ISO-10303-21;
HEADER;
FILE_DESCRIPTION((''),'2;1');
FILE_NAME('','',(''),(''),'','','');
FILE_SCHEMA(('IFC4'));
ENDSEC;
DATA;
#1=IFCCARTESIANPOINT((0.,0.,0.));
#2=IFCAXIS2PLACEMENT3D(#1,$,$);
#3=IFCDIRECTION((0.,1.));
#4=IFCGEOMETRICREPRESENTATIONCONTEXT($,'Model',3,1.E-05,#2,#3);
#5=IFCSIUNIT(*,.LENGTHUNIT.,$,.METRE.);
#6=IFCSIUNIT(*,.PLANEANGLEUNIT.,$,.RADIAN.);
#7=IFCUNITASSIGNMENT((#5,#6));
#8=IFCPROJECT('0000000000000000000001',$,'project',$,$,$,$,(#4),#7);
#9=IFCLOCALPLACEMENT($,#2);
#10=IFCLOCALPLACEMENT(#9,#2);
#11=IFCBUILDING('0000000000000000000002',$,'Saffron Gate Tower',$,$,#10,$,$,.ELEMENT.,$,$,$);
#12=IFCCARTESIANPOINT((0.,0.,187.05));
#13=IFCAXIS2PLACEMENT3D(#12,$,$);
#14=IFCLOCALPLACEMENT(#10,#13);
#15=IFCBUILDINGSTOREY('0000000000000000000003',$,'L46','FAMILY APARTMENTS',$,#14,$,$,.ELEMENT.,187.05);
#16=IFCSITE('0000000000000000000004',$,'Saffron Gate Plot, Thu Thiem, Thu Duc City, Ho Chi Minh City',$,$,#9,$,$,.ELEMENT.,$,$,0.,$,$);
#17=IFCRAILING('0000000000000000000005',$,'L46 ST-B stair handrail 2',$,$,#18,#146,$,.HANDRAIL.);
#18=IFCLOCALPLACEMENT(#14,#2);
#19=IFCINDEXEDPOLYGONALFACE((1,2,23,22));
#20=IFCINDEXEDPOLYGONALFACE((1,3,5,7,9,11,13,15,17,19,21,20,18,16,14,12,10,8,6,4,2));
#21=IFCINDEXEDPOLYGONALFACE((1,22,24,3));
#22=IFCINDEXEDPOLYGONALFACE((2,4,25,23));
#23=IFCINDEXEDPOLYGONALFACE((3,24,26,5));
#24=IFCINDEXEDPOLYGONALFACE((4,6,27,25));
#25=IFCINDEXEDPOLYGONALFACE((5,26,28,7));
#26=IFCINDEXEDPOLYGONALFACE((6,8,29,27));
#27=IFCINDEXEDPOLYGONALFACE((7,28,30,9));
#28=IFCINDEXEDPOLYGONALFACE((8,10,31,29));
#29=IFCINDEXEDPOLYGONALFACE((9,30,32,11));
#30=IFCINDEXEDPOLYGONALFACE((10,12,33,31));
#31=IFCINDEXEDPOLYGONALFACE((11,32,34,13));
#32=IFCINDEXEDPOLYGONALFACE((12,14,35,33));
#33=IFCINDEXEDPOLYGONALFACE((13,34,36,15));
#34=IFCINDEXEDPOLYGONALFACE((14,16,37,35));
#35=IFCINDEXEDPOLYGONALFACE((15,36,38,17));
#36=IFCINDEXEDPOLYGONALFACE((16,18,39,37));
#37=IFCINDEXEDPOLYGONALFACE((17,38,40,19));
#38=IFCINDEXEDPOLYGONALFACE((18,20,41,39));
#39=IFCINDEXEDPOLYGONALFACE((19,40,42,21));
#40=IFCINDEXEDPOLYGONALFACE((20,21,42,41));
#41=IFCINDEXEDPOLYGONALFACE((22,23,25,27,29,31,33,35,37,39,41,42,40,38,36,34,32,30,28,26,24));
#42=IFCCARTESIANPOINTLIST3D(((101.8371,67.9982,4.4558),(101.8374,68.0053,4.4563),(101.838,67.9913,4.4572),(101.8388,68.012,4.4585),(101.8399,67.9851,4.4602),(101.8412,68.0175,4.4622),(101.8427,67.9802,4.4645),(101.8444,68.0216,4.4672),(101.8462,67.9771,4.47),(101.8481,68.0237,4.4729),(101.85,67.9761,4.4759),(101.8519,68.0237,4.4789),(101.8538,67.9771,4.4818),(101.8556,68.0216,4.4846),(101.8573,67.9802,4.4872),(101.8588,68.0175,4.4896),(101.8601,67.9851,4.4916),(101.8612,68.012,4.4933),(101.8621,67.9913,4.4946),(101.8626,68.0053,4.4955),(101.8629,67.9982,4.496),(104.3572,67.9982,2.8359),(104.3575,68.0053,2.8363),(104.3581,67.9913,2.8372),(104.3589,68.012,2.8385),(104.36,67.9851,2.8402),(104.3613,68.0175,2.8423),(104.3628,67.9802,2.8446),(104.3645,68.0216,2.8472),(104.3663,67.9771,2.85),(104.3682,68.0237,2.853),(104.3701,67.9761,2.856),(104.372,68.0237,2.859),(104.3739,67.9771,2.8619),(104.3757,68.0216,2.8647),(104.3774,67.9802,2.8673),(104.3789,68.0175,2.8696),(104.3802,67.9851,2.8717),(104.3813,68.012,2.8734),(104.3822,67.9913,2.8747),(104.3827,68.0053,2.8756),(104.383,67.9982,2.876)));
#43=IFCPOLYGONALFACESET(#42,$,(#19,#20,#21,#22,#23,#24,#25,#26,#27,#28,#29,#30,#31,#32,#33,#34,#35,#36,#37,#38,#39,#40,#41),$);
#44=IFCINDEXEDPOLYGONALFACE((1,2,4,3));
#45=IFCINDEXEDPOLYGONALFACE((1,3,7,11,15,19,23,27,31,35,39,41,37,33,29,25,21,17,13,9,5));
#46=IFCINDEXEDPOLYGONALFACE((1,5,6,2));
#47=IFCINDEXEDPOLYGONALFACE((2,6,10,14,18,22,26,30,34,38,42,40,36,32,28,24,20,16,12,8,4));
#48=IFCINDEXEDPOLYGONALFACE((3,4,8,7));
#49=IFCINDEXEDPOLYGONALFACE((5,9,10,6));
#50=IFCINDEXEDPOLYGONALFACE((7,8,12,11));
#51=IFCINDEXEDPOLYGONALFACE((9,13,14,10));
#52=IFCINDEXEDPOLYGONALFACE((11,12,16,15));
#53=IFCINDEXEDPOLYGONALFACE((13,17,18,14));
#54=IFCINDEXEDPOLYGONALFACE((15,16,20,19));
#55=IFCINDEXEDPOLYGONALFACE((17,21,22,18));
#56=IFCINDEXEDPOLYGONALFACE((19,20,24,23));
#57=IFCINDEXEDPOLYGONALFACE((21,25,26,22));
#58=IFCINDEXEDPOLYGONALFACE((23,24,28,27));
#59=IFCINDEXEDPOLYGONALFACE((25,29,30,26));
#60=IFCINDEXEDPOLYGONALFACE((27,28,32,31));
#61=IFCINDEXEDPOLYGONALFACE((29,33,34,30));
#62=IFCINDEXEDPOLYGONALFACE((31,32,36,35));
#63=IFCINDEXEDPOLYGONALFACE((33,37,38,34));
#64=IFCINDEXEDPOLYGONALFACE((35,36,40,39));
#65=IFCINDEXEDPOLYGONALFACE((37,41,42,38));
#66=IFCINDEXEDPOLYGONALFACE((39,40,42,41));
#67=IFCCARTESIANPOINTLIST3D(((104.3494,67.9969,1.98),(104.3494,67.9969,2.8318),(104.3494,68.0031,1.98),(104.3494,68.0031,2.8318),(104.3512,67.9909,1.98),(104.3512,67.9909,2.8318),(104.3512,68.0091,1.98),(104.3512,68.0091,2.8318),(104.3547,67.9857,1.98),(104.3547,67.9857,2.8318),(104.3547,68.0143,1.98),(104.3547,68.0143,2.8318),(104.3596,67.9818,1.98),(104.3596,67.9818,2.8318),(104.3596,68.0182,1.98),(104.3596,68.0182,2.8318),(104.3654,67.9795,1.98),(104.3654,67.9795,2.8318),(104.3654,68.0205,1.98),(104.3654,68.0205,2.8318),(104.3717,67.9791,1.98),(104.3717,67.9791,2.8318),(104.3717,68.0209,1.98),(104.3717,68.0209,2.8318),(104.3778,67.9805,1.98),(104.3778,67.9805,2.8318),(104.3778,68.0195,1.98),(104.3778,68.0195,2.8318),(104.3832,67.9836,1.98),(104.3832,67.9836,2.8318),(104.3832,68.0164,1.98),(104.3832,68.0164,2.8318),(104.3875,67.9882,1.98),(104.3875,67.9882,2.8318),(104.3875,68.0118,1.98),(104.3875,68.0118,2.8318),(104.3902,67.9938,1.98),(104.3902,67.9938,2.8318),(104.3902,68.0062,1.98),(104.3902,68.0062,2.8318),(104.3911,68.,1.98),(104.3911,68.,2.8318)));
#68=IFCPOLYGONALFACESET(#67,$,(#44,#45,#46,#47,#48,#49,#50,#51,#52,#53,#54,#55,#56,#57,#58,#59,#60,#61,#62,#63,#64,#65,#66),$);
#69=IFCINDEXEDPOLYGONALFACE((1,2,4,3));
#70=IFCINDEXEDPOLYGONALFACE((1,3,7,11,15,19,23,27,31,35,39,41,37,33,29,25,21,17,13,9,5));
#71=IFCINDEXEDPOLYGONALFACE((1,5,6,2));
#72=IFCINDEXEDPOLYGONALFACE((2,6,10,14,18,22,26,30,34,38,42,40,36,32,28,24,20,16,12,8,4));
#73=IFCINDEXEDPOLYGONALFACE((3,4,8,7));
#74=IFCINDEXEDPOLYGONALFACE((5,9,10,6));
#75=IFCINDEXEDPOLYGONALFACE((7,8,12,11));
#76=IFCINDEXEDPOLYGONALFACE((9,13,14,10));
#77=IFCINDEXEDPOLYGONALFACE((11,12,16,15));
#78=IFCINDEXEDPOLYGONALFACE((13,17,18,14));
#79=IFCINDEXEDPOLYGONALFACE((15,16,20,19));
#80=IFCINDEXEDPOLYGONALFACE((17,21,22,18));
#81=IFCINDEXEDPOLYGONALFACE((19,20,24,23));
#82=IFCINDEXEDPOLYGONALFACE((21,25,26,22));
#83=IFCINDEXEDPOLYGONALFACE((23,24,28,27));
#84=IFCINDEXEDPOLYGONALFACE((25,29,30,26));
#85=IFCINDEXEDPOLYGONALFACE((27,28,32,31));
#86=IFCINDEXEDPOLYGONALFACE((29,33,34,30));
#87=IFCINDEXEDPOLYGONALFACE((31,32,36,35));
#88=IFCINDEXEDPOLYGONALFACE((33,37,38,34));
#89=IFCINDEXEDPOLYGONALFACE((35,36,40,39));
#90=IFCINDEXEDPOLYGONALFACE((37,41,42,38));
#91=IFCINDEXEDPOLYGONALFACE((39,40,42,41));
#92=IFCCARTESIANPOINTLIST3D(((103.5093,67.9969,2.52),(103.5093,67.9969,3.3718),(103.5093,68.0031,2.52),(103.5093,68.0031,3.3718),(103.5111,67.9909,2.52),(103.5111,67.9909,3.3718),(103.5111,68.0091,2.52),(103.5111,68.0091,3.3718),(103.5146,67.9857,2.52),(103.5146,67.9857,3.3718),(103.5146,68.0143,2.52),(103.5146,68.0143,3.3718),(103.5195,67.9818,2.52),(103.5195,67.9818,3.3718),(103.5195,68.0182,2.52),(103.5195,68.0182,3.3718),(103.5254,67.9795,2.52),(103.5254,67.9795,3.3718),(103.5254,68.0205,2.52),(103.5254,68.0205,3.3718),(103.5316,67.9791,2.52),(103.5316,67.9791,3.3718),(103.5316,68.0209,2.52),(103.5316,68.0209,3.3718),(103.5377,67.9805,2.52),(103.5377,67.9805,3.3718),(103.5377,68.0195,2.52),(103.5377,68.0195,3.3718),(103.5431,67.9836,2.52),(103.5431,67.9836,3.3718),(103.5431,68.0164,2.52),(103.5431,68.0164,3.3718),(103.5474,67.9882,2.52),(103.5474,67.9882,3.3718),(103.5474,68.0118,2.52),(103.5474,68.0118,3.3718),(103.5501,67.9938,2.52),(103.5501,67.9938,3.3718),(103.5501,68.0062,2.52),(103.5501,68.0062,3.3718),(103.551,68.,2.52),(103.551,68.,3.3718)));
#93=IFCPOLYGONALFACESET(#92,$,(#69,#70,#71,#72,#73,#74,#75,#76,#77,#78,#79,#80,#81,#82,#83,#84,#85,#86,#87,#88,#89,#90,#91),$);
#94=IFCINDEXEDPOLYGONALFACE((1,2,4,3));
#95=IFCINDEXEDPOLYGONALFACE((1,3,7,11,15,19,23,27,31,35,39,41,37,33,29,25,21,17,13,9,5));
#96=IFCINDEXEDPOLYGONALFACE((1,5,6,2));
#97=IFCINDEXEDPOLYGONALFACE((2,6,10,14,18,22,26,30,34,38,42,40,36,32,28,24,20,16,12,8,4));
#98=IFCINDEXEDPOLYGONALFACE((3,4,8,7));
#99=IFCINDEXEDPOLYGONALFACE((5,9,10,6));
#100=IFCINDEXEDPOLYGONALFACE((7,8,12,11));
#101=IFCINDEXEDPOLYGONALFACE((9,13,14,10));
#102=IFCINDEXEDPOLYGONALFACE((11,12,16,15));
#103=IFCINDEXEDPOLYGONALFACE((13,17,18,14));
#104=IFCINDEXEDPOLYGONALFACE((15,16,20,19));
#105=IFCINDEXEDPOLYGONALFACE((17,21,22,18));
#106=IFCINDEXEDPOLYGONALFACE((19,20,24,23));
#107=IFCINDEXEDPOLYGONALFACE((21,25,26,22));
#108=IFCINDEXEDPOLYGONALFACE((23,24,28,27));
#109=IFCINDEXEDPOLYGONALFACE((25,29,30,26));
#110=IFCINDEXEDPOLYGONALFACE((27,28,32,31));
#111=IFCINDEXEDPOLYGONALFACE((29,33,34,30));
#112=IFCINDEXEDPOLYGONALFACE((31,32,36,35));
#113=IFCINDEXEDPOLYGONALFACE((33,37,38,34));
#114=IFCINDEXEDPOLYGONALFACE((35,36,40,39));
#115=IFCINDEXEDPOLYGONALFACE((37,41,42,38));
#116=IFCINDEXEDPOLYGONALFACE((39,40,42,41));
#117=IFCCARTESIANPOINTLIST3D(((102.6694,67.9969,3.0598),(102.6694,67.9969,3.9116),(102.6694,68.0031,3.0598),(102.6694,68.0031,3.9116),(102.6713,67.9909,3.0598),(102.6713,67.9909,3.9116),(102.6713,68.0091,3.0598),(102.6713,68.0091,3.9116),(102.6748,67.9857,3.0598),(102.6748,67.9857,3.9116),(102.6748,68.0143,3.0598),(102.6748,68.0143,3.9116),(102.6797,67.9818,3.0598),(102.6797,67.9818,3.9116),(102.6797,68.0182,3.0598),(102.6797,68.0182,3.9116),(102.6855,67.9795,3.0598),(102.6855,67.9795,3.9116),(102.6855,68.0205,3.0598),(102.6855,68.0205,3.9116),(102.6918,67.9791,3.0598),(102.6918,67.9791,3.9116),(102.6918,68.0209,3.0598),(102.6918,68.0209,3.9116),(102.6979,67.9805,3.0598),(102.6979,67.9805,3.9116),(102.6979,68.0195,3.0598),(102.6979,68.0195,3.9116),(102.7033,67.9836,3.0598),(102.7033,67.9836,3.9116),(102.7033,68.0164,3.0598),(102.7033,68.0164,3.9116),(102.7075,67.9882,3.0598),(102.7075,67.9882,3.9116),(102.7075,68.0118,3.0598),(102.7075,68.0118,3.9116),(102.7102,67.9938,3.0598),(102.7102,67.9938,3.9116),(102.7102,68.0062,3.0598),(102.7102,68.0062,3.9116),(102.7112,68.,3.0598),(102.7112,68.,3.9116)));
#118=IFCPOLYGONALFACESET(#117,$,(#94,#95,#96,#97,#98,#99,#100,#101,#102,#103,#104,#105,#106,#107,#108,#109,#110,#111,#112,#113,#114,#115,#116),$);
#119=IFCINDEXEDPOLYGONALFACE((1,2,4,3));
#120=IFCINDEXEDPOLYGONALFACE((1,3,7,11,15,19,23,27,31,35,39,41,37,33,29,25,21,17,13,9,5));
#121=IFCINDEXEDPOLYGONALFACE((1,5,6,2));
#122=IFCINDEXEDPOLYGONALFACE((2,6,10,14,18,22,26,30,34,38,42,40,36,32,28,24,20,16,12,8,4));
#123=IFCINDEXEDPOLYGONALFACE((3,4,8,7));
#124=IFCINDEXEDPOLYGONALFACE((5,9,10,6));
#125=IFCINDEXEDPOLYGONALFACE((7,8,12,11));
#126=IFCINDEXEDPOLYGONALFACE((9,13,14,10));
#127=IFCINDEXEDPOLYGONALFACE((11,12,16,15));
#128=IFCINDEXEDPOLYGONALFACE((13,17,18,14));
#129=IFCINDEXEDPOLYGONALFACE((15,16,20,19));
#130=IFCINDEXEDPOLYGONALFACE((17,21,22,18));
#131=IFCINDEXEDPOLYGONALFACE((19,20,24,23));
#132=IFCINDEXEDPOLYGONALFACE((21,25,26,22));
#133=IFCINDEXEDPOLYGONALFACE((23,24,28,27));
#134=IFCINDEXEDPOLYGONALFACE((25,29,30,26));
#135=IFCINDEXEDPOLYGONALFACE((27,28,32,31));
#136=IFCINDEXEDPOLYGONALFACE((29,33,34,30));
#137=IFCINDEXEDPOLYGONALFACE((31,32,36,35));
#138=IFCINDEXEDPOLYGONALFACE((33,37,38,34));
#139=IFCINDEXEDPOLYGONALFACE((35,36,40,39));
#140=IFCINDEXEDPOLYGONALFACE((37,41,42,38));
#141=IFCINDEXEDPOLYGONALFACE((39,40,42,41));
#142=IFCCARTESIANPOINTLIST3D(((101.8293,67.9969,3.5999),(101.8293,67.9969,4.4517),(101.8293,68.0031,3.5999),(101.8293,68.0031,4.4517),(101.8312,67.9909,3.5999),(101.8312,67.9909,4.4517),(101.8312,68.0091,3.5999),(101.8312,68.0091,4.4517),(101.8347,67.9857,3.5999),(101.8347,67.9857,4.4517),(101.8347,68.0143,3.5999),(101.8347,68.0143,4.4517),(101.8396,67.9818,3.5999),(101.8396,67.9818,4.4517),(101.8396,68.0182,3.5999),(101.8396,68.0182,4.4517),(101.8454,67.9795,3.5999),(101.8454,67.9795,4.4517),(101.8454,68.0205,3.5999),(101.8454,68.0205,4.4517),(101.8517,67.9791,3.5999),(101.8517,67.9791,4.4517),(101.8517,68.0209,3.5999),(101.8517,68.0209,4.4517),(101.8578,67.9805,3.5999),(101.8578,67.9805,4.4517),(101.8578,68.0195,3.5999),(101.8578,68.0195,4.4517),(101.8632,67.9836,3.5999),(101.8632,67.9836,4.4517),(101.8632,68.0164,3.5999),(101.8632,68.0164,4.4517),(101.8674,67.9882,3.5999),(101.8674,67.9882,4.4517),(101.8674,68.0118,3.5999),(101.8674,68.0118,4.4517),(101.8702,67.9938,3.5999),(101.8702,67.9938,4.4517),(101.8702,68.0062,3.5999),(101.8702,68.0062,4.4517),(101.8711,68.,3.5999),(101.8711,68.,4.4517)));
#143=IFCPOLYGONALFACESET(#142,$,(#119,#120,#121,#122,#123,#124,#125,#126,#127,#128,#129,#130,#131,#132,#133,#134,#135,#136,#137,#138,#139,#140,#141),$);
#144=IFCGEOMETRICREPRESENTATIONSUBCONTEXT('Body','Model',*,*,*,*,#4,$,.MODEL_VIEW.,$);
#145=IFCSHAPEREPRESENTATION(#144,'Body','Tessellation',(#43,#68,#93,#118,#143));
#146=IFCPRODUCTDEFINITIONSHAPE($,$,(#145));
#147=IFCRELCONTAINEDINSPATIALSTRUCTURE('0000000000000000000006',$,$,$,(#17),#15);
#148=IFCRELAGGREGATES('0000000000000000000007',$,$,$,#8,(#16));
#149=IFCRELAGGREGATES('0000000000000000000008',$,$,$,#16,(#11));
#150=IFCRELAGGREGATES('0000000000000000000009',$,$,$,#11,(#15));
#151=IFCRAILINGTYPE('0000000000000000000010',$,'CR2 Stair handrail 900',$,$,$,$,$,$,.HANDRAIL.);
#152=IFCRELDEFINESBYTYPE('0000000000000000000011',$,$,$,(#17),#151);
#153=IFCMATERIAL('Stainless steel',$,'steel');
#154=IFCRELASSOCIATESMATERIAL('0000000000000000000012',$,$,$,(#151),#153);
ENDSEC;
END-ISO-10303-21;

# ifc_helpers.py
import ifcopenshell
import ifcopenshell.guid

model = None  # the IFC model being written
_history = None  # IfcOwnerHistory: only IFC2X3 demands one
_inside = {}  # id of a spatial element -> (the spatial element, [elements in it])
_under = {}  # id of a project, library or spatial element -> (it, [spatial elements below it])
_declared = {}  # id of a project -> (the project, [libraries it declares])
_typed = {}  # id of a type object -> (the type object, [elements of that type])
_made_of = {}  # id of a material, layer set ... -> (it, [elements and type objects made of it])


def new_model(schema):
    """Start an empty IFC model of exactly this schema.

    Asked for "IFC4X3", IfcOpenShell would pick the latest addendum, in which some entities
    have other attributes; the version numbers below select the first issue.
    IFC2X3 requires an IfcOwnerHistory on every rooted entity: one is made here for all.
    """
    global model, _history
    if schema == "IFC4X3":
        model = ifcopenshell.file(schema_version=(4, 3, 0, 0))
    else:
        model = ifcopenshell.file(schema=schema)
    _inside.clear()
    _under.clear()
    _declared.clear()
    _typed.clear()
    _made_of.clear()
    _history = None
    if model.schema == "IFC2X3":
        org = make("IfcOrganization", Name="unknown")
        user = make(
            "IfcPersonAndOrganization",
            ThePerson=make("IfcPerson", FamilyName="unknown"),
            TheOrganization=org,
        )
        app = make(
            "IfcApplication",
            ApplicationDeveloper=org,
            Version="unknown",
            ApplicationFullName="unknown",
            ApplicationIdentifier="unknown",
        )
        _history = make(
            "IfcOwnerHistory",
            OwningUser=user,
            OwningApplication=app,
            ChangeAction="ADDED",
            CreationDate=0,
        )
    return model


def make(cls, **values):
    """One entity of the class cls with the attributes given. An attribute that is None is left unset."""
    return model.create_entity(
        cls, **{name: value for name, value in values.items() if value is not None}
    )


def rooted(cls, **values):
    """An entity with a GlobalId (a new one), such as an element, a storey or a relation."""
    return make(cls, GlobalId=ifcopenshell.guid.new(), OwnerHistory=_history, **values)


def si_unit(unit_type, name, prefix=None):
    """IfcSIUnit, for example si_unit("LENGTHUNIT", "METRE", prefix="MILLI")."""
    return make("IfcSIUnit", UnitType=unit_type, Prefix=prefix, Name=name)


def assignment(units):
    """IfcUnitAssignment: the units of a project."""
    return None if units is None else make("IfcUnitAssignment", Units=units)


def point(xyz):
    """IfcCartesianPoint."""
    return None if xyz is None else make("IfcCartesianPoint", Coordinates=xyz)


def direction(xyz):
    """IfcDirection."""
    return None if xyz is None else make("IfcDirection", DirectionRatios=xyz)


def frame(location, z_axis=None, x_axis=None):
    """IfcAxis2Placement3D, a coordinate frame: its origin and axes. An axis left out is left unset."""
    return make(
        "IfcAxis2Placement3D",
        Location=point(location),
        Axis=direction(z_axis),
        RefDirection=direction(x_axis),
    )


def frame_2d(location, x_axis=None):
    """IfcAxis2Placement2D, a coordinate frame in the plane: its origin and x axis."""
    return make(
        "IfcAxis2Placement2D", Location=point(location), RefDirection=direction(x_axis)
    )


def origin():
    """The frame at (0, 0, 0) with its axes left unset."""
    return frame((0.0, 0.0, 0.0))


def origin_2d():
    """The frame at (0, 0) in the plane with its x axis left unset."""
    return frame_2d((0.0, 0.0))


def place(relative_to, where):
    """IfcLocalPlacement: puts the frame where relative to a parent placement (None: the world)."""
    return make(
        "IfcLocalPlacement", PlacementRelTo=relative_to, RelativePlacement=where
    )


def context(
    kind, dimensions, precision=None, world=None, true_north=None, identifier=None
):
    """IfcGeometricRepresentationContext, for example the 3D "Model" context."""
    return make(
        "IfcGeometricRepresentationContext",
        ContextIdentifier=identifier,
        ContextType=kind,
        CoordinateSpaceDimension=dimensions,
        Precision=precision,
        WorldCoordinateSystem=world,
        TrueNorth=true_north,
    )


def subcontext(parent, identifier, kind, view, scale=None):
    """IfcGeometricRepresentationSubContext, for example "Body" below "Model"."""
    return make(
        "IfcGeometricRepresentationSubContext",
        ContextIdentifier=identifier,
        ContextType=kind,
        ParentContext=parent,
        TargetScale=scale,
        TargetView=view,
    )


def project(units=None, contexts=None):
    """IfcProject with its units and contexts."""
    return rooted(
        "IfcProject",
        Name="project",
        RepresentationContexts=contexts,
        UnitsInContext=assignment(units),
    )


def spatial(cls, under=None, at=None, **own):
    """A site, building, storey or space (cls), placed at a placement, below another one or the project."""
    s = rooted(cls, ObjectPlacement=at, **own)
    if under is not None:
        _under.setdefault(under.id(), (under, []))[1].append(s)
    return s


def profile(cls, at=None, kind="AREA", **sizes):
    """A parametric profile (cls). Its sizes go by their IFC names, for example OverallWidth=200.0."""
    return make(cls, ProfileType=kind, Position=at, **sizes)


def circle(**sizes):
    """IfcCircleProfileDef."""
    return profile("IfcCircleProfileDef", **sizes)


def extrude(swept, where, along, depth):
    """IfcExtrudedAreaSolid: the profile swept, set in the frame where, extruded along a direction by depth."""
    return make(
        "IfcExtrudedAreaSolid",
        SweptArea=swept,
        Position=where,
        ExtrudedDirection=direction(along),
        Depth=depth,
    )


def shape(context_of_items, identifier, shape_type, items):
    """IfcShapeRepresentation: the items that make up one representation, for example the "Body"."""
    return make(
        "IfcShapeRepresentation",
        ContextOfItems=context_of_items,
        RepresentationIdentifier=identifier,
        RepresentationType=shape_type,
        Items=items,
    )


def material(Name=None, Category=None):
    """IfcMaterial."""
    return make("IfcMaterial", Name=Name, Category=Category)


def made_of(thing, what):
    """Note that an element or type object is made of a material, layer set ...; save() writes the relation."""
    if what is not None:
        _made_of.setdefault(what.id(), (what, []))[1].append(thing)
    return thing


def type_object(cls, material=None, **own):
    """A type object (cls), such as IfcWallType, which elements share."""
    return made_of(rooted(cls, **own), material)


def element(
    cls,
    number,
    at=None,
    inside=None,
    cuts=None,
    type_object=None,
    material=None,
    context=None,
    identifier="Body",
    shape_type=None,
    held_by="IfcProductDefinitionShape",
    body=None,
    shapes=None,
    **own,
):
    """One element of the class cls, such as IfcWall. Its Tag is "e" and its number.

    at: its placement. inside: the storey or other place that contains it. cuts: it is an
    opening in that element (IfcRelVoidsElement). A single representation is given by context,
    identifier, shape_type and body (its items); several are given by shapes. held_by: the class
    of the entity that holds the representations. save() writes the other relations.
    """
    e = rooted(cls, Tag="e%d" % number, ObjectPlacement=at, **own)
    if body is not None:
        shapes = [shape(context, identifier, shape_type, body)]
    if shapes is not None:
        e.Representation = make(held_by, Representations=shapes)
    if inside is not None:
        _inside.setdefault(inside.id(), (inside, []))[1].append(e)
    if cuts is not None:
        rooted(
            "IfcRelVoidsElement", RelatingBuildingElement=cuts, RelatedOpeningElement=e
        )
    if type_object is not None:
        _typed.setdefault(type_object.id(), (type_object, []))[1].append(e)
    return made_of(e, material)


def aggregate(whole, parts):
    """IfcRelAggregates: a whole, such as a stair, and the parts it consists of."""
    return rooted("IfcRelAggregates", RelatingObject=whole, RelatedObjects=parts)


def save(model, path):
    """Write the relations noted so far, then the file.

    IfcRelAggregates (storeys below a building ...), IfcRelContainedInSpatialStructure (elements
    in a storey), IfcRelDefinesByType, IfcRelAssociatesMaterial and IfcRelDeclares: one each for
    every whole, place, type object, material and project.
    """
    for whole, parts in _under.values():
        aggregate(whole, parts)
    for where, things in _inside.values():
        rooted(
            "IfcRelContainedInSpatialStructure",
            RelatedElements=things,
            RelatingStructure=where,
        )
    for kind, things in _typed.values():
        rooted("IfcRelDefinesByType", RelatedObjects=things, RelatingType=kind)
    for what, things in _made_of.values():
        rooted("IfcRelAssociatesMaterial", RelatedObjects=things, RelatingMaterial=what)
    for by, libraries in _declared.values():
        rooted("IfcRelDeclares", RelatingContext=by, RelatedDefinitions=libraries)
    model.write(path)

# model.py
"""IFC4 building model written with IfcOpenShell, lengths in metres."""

from ifc_helpers import new_model, si_unit, direction, frame, origin, origin_2d, place, context, subcontext, project, spatial, circle, extrude, material, type_object, element, save


model = new_model("IFC4")

# Units and contexts
model_context = context("Model", 3, precision=1e-05, world=origin(), true_north=direction((0.0, 1.0)))
body_context = subcontext(model_context, "Body", "Model", "MODEL_VIEW")
ifc_project = project(units=[si_unit("LENGTHUNIT", "METRE"), si_unit("PLANEANGLEUNIT", "RADIAN")], contexts=[model_context])

# Site, building, storey
site_placement = place(None, origin())
site = spatial("IfcSite", under=ifc_project, at=site_placement, Name="Saffron Gate Plot, Thu Thiem, Thu Duc City, Ho Chi Minh City", CompositionType="ELEMENT", RefElevation=0.0)
building_placement = place(site_placement, origin())
building = spatial("IfcBuilding", under=site, at=building_placement, Name="Saffron Gate Tower", CompositionType="ELEMENT")
storey_placement = place(building_placement, frame((0.0, 0.0, 187.05)))
storey = spatial("IfcBuildingStorey", under=building, at=storey_placement, Name="L46", Description="FAMILY APARTMENTS", CompositionType="ELEMENT", Elevation=187.05)

# Railing
ifc_material_1 = material(Name="Stainless steel", Category="steel")
railing_type_1 = type_object("IfcRailingType", Name="CR2 Stair handrail 900", PredefinedType="HANDRAIL", material=ifc_material_1)
railing_1_placement = place(storey_placement, frame((104.3701, 68.0, 1.98)))
element("IfcRailing", 1, at=railing_1_placement, inside=storey, type_object=railing_type_1, Name="L46 ST-B stair handrail 2", PredefinedType="HANDRAIL", context=body_context, shape_type="SweptSolid", body=[
    extrude(circle(Radius=0.0239, at=origin_2d()), frame((0.0, 0.0, 0.876), z_axis=(-0.8412, 0.0, 0.540725), x_axis=(0.0, -1.0, 0.0)), (0.0, 0.0, 1.0), 2.9958),
    extrude(circle(Radius=0.021, at=origin_2d()), origin(), (0.0, 0.0, 1.0), 0.8518),
    extrude(circle(Radius=0.021, at=origin_2d()), frame((-0.8401, 0.0, 0.54)), (0.0, 0.0, 1.0), 0.8518),
    extrude(circle(Radius=0.021, at=origin_2d()), frame((-1.6799, 0.0, 1.0798)), (0.0, 0.0, 1.0), 0.8518),
    extrude(circle(Radius=0.021, at=origin_2d()), frame((-2.52, 0.0, 1.6199)), (0.0, 0.0, 1.0), 0.8518),
])

save(model, "model.ifc")
